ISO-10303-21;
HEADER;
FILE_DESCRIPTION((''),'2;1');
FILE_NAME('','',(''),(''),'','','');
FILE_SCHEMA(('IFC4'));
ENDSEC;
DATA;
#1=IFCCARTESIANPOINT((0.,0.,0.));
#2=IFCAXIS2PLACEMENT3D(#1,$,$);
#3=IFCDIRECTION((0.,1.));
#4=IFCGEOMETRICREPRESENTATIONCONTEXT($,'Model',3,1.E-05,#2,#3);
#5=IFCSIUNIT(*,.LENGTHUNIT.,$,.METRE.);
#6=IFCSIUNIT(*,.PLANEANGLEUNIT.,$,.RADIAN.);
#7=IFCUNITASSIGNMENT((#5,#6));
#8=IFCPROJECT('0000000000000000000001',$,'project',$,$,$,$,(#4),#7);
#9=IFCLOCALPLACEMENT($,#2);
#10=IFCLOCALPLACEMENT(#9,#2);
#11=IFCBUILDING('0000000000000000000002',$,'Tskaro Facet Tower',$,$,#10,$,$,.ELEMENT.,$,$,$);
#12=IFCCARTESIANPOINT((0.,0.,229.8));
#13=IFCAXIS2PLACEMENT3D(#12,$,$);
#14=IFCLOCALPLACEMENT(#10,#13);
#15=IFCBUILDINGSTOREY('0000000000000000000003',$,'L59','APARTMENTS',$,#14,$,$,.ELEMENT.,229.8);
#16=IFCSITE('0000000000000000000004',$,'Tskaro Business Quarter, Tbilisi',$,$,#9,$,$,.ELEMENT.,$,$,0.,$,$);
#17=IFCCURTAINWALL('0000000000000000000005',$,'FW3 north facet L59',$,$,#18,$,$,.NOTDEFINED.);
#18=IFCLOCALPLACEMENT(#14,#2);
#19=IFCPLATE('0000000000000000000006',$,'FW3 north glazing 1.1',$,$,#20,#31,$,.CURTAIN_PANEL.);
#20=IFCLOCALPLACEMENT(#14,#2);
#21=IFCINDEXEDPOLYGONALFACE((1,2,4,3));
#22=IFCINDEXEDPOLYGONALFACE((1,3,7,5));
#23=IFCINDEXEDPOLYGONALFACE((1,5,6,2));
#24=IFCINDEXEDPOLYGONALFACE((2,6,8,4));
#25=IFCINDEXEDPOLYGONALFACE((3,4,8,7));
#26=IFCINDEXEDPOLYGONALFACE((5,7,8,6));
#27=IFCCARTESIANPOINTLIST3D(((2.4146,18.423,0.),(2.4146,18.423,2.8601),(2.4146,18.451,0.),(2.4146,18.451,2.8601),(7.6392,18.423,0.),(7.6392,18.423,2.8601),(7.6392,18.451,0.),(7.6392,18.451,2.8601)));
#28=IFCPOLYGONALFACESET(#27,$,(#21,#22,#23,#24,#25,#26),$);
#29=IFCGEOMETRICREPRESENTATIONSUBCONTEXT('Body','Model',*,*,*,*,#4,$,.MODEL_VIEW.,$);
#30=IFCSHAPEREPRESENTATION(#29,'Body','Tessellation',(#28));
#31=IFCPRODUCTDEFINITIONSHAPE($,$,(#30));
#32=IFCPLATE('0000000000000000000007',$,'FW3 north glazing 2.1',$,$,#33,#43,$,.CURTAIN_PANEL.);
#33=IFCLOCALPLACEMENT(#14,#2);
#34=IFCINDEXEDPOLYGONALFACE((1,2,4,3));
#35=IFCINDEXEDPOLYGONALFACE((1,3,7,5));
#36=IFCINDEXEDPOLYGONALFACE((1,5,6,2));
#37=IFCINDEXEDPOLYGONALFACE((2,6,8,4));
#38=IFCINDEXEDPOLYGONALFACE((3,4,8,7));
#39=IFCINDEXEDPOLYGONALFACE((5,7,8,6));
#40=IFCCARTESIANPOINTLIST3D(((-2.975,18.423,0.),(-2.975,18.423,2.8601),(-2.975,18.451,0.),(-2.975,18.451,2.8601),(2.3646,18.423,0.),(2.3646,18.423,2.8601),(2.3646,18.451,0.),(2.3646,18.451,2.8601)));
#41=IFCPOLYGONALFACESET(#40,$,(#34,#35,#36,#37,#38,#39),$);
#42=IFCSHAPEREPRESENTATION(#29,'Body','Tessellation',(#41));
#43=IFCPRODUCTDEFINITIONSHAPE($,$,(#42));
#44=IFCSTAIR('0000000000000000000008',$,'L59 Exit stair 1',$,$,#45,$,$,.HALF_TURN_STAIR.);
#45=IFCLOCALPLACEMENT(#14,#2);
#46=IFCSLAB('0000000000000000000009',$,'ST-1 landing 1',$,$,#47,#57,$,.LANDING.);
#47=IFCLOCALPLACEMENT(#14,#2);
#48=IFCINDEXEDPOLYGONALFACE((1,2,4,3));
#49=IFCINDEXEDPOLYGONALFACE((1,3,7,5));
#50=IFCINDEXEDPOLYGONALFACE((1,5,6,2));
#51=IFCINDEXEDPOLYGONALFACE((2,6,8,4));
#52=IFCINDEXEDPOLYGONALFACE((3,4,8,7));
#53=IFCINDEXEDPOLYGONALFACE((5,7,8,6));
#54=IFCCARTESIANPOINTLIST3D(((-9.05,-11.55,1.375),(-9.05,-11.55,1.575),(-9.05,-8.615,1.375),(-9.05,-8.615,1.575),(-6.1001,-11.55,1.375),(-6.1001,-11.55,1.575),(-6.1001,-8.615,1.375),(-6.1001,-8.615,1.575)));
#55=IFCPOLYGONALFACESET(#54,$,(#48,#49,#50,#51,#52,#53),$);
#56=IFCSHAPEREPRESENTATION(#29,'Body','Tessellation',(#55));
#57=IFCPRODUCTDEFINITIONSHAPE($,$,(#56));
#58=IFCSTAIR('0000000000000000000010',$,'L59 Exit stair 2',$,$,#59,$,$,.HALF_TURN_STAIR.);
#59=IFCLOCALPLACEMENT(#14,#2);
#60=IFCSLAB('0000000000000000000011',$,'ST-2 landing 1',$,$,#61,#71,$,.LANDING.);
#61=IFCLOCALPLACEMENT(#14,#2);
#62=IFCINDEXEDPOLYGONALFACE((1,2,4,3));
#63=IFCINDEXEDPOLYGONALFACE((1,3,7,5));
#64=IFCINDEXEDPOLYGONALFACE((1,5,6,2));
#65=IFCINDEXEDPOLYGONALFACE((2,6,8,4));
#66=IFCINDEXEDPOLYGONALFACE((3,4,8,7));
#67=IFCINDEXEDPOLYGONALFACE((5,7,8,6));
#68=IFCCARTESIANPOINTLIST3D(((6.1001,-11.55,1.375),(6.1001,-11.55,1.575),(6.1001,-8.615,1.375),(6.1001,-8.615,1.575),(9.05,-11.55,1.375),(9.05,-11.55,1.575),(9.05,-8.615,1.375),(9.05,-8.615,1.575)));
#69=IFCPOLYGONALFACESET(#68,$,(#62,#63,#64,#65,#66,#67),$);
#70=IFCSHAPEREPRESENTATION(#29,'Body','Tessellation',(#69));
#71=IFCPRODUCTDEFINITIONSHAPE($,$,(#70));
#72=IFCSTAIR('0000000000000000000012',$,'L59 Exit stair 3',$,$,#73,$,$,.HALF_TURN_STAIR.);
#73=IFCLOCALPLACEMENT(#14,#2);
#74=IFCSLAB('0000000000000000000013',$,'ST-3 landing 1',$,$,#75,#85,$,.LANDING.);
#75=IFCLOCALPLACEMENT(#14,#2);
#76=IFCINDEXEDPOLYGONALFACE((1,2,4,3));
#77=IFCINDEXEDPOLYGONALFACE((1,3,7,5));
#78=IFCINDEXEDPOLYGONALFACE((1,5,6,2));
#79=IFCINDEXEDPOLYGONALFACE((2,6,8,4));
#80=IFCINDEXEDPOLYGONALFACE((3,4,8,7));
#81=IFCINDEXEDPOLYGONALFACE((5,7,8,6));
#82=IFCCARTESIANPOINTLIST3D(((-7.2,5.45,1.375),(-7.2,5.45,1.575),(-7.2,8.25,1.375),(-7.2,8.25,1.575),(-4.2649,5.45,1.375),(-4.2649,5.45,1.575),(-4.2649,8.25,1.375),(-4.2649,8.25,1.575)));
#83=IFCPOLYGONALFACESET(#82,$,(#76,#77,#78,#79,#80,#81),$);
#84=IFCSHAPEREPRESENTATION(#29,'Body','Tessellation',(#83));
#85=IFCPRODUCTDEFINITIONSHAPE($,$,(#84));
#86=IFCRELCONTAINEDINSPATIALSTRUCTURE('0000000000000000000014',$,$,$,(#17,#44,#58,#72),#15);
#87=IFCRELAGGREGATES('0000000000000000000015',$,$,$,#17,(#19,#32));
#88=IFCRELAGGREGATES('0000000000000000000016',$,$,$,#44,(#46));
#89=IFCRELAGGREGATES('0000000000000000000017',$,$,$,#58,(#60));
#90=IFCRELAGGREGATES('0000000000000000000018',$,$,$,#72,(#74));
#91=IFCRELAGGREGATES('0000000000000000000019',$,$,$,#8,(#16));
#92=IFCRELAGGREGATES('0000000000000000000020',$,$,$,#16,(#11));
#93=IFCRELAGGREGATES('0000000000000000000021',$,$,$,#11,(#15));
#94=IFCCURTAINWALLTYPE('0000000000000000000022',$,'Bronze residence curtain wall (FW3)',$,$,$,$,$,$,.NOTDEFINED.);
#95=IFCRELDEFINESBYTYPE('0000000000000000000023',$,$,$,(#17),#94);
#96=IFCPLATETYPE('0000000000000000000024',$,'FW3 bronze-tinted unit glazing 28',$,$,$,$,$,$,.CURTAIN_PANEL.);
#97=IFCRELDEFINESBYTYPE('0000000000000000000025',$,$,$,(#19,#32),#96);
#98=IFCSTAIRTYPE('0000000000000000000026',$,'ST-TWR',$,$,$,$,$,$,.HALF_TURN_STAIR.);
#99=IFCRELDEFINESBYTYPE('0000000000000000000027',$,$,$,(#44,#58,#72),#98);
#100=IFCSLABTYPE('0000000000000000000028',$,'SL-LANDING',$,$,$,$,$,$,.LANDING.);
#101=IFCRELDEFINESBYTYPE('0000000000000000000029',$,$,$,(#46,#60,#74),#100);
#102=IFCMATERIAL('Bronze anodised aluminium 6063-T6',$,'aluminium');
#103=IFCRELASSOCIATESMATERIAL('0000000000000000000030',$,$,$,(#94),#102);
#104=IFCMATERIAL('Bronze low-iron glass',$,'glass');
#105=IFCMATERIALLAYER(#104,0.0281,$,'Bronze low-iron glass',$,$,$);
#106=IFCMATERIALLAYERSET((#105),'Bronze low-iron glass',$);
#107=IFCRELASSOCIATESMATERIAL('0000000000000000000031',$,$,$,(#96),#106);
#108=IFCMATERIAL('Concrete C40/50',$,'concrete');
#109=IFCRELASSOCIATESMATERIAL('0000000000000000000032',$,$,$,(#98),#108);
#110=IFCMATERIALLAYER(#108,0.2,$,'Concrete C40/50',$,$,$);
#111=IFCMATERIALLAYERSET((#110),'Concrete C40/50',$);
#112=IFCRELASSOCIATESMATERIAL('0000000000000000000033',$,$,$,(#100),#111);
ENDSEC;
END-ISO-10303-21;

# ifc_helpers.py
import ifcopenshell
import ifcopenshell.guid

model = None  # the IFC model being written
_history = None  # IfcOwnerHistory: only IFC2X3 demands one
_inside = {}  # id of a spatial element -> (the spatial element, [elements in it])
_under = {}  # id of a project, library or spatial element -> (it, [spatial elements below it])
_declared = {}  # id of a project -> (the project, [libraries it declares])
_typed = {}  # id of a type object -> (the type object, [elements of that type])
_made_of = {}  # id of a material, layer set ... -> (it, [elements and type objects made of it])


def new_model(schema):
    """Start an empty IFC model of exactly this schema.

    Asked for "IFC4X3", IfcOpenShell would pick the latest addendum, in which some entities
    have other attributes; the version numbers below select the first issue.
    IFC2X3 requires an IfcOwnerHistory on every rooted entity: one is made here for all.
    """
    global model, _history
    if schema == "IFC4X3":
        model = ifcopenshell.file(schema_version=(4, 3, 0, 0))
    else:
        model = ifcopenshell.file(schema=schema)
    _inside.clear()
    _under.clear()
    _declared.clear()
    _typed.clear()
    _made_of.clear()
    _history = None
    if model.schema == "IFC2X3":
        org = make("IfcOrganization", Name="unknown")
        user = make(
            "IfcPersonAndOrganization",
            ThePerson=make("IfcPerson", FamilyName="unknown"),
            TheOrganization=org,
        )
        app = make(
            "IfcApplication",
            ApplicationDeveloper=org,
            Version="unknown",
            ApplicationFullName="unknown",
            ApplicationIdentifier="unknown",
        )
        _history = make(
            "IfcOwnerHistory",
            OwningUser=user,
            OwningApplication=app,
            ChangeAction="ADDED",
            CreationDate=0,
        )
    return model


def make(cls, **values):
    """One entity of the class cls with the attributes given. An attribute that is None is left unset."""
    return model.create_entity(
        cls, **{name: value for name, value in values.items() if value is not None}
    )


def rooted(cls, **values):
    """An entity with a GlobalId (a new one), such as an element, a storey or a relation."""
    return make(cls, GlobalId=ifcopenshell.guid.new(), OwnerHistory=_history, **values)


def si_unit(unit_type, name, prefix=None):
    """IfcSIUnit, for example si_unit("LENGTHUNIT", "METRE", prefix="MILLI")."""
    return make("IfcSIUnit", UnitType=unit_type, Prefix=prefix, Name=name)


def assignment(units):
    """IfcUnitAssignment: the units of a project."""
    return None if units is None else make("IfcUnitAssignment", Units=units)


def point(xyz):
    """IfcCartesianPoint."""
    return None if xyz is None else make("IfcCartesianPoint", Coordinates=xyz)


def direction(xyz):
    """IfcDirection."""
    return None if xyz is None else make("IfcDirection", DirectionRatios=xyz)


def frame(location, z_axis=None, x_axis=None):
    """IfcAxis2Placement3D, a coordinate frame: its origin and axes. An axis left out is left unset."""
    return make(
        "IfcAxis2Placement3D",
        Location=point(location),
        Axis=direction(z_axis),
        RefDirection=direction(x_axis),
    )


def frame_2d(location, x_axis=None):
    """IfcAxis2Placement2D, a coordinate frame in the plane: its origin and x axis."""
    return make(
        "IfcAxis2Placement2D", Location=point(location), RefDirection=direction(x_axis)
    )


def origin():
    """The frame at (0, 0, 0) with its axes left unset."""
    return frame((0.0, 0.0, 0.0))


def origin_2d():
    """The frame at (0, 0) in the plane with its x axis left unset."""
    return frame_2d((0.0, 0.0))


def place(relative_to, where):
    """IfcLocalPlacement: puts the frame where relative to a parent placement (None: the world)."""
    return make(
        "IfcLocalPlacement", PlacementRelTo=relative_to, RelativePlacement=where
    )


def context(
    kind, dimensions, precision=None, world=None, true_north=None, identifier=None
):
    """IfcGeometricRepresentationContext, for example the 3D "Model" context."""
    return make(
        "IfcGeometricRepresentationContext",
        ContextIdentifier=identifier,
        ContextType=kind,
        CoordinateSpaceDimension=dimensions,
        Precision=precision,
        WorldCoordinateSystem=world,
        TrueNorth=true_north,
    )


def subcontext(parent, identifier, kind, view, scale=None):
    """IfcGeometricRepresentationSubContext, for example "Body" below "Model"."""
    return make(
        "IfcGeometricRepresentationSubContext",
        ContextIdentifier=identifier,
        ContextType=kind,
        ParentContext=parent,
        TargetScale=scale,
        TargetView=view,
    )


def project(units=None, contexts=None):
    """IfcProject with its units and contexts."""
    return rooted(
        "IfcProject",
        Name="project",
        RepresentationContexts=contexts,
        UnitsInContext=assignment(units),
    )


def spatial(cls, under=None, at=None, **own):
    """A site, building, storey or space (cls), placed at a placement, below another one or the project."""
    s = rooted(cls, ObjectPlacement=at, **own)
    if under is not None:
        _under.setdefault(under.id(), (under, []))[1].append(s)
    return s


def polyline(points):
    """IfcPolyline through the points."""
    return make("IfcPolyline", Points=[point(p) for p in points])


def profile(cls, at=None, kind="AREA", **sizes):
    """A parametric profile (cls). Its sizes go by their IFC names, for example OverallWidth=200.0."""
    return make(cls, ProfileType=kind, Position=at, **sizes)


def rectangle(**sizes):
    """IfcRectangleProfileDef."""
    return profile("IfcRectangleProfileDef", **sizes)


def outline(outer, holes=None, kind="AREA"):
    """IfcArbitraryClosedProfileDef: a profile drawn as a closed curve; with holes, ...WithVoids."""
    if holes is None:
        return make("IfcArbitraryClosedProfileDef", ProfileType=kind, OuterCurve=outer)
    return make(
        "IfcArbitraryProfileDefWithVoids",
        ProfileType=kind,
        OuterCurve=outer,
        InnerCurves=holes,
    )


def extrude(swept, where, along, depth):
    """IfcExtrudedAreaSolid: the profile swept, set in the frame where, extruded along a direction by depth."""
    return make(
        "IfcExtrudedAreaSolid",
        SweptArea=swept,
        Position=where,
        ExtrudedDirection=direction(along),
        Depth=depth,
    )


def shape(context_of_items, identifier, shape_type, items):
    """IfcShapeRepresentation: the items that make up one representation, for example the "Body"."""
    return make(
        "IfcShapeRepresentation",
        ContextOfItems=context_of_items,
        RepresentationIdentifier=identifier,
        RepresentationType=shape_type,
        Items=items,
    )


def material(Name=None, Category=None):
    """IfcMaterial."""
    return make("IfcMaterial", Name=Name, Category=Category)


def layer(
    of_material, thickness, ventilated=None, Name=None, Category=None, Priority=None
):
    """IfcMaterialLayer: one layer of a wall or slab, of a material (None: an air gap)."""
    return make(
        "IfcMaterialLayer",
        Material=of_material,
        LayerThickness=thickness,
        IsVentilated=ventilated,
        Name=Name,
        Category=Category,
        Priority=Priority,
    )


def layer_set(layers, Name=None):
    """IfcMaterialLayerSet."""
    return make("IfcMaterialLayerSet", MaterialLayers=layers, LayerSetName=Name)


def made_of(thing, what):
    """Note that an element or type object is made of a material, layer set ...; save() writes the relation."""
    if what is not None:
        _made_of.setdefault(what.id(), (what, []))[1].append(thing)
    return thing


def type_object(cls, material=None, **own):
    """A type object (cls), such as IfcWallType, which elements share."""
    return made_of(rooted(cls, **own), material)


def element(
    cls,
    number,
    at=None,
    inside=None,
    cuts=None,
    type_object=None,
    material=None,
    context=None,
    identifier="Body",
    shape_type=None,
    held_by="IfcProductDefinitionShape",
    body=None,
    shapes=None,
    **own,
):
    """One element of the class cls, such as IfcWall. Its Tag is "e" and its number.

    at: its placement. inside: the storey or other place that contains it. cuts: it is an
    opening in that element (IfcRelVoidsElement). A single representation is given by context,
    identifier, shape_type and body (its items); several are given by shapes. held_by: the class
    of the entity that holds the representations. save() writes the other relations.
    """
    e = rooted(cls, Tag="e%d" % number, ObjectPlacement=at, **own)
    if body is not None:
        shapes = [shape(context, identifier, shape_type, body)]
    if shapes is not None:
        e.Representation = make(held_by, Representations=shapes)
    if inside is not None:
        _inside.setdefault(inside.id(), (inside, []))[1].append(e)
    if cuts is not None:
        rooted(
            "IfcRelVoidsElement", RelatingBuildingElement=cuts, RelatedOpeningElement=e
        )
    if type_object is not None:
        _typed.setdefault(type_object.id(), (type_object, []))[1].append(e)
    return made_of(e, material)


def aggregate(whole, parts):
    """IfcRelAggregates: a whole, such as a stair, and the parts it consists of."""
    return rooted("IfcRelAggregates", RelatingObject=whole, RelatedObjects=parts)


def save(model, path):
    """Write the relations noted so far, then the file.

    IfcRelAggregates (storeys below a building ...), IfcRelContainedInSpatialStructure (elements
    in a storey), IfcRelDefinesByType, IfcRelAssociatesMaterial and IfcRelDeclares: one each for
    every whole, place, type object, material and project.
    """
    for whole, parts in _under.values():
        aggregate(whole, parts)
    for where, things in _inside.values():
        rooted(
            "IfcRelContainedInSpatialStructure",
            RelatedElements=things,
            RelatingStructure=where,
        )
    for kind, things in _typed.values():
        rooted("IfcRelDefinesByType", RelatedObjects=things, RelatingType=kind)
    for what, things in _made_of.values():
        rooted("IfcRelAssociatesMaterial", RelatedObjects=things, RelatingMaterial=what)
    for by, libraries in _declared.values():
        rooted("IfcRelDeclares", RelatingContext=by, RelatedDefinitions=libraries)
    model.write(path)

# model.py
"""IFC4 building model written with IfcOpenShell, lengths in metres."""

from ifc_helpers import new_model, si_unit, direction, frame, origin, origin_2d, place, context, subcontext, project, spatial, polyline, rectangle, outline, extrude, material, layer, layer_set, type_object, element, aggregate, save


model = new_model("IFC4")

# Units and contexts
model_context = context("Model", 3, precision=1e-05, world=origin(), true_north=direction((0.0, 1.0)))
body_context = subcontext(model_context, "Body", "Model", "MODEL_VIEW")
ifc_project = project(units=[si_unit("LENGTHUNIT", "METRE"), si_unit("PLANEANGLEUNIT", "RADIAN")], contexts=[model_context])

# Site, building, storey
site_placement = place(None, origin())
site = spatial("IfcSite", under=ifc_project, at=site_placement, Name="Tskaro Business Quarter, Tbilisi", CompositionType="ELEMENT", RefElevation=0.0)
building_placement = place(site_placement, origin())
building = spatial("IfcBuilding", under=site, at=building_placement, Name="Tskaro Facet Tower", CompositionType="ELEMENT")
storey_placement = place(building_placement, frame((0.0, 0.0, 229.8)))
storey = spatial("IfcBuildingStorey", under=building, at=storey_placement, Name="L59", Description="APARTMENTS", CompositionType="ELEMENT", Elevation=229.8)

# Curtain wall
ifc_material_1 = material(Name="Bronze anodised aluminium 6063-T6", Category="aluminium")
curtain_wall_type = type_object("IfcCurtainWallType", Name="Bronze residence curtain wall (FW3)", PredefinedType="NOTDEFINED", material=ifc_material_1)
curtain_wall_placement = place(storey_placement, origin())
curtain_wall = element("IfcCurtainWall", 1, at=curtain_wall_placement, inside=storey, type_object=curtain_wall_type, Name="FW3 north facet L59", PredefinedType="NOTDEFINED")

# Plates
ifc_material_2 = material(Name="Bronze low-iron glass", Category="glass")
ifc_layer_1 = layer(ifc_material_2, 0.0281, Name="Bronze low-iron glass")
ifc_layer_set_1 = layer_set([ifc_layer_1], Name="Bronze low-iron glass")
plate_type = type_object("IfcPlateType", Name="FW3 bronze-tinted unit glazing 28", PredefinedType="CURTAIN_PANEL", material=ifc_layer_set_1)
plate_1_placement = place(storey_placement, frame((5.0269, 18.437, 0.0), z_axis=(0.0, 0.0, 1.0), x_axis=(-1.0, 0.0, 0.0)))
plate_1 = element("IfcPlate", 2, at=plate_1_placement, type_object=plate_type, Name="FW3 north glazing 1.1", PredefinedType="CURTAIN_PANEL", context=body_context, shape_type="SweptSolid", body=[
    extrude(rectangle(XDim=5.2246, YDim=0.0281, at=origin_2d()), origin(), (0.0, 0.0, 1.0), 2.8601),
])
plate_2_placement = place(storey_placement, frame((-0.3052, 18.437, 0.0), z_axis=(0.0, 0.0, 1.0), x_axis=(-1.0, 0.0, 0.0)))
plate_2 = element("IfcPlate", 3, at=plate_2_placement, type_object=plate_type, Name="FW3 north glazing 2.1", PredefinedType="CURTAIN_PANEL", context=body_context, shape_type="SweptSolid", body=[
    extrude(rectangle(XDim=5.3396, YDim=0.0281, at=origin_2d()), origin(), (0.0, 0.0, 1.0), 2.8601),
])
aggregate(curtain_wall, [plate_1, plate_2])

# Stairs, slabs
ifc_material_3 = material(Name="Concrete C40/50", Category="concrete")
stair_type = type_object("IfcStairType", Name="ST-TWR", PredefinedType="HALF_TURN_STAIR", material=ifc_material_3)
stair_1_placement = place(storey_placement, origin())
stair_1 = element("IfcStair", 4, at=stair_1_placement, inside=storey, type_object=stair_type, Name="L59 Exit stair 1", PredefinedType="HALF_TURN_STAIR")
ifc_layer_2 = layer(ifc_material_3, 0.2, Name="Concrete C40/50")
ifc_layer_set_2 = layer_set([ifc_layer_2], Name="Concrete C40/50")
slab_type_1 = type_object("IfcSlabType", Name="SL-LANDING", PredefinedType="LANDING", material=ifc_layer_set_2)
slab_1_placement = place(storey_placement, frame((0.0, 0.0, 1.375)))
slab_1 = element("IfcSlab", 5, at=slab_1_placement, type_object=slab_type_1, Name="ST-1 landing 1", PredefinedType="LANDING", context=body_context, shape_type="SweptSolid", body=[
    extrude(outline(polyline([(-9.05, -11.55), (-6.1001, -11.55), (-6.1001, -8.615), (-9.05, -8.615), (-9.05, -11.55)])), origin(), (0.0, 0.0, 1.0), 0.2),
])
aggregate(stair_1, [slab_1])
stair_2_placement = place(storey_placement, origin())
stair_2 = element("IfcStair", 6, at=stair_2_placement, inside=storey, type_object=stair_type, Name="L59 Exit stair 2", PredefinedType="HALF_TURN_STAIR")
slab_2_placement = place(storey_placement, frame((0.0, 0.0, 1.375)))
slab_2 = element("IfcSlab", 7, at=slab_2_placement, type_object=slab_type_1, Name="ST-2 landing 1", PredefinedType="LANDING", context=body_context, shape_type="SweptSolid", body=[
    extrude(outline(polyline([(6.1001, -11.55), (9.05, -11.55), (9.05, -8.615), (6.1001, -8.615), (6.1001, -11.55)])), origin(), (0.0, 0.0, 1.0), 0.2),
])
aggregate(stair_2, [slab_2])
stair_3_placement = place(storey_placement, origin())
stair_3 = element("IfcStair", 8, at=stair_3_placement, inside=storey, type_object=stair_type, Name="L59 Exit stair 3", PredefinedType="HALF_TURN_STAIR")
slab_3_placement = place(storey_placement, frame((0.0, 0.0, 1.375)))
slab_3 = element("IfcSlab", 9, at=slab_3_placement, type_object=slab_type_1, Name="ST-3 landing 1", PredefinedType="LANDING", context=body_context, shape_type="SweptSolid", body=[
    extrude(outline(polyline([(-7.2, 5.45), (-4.2649, 5.45), (-4.2649, 8.25), (-7.2, 8.25), (-7.2, 5.45)])), origin(), (0.0, 0.0, 1.0), 0.2),
])

aggregate(stair_3, [slab_3])

save(model, "model.ifc")
